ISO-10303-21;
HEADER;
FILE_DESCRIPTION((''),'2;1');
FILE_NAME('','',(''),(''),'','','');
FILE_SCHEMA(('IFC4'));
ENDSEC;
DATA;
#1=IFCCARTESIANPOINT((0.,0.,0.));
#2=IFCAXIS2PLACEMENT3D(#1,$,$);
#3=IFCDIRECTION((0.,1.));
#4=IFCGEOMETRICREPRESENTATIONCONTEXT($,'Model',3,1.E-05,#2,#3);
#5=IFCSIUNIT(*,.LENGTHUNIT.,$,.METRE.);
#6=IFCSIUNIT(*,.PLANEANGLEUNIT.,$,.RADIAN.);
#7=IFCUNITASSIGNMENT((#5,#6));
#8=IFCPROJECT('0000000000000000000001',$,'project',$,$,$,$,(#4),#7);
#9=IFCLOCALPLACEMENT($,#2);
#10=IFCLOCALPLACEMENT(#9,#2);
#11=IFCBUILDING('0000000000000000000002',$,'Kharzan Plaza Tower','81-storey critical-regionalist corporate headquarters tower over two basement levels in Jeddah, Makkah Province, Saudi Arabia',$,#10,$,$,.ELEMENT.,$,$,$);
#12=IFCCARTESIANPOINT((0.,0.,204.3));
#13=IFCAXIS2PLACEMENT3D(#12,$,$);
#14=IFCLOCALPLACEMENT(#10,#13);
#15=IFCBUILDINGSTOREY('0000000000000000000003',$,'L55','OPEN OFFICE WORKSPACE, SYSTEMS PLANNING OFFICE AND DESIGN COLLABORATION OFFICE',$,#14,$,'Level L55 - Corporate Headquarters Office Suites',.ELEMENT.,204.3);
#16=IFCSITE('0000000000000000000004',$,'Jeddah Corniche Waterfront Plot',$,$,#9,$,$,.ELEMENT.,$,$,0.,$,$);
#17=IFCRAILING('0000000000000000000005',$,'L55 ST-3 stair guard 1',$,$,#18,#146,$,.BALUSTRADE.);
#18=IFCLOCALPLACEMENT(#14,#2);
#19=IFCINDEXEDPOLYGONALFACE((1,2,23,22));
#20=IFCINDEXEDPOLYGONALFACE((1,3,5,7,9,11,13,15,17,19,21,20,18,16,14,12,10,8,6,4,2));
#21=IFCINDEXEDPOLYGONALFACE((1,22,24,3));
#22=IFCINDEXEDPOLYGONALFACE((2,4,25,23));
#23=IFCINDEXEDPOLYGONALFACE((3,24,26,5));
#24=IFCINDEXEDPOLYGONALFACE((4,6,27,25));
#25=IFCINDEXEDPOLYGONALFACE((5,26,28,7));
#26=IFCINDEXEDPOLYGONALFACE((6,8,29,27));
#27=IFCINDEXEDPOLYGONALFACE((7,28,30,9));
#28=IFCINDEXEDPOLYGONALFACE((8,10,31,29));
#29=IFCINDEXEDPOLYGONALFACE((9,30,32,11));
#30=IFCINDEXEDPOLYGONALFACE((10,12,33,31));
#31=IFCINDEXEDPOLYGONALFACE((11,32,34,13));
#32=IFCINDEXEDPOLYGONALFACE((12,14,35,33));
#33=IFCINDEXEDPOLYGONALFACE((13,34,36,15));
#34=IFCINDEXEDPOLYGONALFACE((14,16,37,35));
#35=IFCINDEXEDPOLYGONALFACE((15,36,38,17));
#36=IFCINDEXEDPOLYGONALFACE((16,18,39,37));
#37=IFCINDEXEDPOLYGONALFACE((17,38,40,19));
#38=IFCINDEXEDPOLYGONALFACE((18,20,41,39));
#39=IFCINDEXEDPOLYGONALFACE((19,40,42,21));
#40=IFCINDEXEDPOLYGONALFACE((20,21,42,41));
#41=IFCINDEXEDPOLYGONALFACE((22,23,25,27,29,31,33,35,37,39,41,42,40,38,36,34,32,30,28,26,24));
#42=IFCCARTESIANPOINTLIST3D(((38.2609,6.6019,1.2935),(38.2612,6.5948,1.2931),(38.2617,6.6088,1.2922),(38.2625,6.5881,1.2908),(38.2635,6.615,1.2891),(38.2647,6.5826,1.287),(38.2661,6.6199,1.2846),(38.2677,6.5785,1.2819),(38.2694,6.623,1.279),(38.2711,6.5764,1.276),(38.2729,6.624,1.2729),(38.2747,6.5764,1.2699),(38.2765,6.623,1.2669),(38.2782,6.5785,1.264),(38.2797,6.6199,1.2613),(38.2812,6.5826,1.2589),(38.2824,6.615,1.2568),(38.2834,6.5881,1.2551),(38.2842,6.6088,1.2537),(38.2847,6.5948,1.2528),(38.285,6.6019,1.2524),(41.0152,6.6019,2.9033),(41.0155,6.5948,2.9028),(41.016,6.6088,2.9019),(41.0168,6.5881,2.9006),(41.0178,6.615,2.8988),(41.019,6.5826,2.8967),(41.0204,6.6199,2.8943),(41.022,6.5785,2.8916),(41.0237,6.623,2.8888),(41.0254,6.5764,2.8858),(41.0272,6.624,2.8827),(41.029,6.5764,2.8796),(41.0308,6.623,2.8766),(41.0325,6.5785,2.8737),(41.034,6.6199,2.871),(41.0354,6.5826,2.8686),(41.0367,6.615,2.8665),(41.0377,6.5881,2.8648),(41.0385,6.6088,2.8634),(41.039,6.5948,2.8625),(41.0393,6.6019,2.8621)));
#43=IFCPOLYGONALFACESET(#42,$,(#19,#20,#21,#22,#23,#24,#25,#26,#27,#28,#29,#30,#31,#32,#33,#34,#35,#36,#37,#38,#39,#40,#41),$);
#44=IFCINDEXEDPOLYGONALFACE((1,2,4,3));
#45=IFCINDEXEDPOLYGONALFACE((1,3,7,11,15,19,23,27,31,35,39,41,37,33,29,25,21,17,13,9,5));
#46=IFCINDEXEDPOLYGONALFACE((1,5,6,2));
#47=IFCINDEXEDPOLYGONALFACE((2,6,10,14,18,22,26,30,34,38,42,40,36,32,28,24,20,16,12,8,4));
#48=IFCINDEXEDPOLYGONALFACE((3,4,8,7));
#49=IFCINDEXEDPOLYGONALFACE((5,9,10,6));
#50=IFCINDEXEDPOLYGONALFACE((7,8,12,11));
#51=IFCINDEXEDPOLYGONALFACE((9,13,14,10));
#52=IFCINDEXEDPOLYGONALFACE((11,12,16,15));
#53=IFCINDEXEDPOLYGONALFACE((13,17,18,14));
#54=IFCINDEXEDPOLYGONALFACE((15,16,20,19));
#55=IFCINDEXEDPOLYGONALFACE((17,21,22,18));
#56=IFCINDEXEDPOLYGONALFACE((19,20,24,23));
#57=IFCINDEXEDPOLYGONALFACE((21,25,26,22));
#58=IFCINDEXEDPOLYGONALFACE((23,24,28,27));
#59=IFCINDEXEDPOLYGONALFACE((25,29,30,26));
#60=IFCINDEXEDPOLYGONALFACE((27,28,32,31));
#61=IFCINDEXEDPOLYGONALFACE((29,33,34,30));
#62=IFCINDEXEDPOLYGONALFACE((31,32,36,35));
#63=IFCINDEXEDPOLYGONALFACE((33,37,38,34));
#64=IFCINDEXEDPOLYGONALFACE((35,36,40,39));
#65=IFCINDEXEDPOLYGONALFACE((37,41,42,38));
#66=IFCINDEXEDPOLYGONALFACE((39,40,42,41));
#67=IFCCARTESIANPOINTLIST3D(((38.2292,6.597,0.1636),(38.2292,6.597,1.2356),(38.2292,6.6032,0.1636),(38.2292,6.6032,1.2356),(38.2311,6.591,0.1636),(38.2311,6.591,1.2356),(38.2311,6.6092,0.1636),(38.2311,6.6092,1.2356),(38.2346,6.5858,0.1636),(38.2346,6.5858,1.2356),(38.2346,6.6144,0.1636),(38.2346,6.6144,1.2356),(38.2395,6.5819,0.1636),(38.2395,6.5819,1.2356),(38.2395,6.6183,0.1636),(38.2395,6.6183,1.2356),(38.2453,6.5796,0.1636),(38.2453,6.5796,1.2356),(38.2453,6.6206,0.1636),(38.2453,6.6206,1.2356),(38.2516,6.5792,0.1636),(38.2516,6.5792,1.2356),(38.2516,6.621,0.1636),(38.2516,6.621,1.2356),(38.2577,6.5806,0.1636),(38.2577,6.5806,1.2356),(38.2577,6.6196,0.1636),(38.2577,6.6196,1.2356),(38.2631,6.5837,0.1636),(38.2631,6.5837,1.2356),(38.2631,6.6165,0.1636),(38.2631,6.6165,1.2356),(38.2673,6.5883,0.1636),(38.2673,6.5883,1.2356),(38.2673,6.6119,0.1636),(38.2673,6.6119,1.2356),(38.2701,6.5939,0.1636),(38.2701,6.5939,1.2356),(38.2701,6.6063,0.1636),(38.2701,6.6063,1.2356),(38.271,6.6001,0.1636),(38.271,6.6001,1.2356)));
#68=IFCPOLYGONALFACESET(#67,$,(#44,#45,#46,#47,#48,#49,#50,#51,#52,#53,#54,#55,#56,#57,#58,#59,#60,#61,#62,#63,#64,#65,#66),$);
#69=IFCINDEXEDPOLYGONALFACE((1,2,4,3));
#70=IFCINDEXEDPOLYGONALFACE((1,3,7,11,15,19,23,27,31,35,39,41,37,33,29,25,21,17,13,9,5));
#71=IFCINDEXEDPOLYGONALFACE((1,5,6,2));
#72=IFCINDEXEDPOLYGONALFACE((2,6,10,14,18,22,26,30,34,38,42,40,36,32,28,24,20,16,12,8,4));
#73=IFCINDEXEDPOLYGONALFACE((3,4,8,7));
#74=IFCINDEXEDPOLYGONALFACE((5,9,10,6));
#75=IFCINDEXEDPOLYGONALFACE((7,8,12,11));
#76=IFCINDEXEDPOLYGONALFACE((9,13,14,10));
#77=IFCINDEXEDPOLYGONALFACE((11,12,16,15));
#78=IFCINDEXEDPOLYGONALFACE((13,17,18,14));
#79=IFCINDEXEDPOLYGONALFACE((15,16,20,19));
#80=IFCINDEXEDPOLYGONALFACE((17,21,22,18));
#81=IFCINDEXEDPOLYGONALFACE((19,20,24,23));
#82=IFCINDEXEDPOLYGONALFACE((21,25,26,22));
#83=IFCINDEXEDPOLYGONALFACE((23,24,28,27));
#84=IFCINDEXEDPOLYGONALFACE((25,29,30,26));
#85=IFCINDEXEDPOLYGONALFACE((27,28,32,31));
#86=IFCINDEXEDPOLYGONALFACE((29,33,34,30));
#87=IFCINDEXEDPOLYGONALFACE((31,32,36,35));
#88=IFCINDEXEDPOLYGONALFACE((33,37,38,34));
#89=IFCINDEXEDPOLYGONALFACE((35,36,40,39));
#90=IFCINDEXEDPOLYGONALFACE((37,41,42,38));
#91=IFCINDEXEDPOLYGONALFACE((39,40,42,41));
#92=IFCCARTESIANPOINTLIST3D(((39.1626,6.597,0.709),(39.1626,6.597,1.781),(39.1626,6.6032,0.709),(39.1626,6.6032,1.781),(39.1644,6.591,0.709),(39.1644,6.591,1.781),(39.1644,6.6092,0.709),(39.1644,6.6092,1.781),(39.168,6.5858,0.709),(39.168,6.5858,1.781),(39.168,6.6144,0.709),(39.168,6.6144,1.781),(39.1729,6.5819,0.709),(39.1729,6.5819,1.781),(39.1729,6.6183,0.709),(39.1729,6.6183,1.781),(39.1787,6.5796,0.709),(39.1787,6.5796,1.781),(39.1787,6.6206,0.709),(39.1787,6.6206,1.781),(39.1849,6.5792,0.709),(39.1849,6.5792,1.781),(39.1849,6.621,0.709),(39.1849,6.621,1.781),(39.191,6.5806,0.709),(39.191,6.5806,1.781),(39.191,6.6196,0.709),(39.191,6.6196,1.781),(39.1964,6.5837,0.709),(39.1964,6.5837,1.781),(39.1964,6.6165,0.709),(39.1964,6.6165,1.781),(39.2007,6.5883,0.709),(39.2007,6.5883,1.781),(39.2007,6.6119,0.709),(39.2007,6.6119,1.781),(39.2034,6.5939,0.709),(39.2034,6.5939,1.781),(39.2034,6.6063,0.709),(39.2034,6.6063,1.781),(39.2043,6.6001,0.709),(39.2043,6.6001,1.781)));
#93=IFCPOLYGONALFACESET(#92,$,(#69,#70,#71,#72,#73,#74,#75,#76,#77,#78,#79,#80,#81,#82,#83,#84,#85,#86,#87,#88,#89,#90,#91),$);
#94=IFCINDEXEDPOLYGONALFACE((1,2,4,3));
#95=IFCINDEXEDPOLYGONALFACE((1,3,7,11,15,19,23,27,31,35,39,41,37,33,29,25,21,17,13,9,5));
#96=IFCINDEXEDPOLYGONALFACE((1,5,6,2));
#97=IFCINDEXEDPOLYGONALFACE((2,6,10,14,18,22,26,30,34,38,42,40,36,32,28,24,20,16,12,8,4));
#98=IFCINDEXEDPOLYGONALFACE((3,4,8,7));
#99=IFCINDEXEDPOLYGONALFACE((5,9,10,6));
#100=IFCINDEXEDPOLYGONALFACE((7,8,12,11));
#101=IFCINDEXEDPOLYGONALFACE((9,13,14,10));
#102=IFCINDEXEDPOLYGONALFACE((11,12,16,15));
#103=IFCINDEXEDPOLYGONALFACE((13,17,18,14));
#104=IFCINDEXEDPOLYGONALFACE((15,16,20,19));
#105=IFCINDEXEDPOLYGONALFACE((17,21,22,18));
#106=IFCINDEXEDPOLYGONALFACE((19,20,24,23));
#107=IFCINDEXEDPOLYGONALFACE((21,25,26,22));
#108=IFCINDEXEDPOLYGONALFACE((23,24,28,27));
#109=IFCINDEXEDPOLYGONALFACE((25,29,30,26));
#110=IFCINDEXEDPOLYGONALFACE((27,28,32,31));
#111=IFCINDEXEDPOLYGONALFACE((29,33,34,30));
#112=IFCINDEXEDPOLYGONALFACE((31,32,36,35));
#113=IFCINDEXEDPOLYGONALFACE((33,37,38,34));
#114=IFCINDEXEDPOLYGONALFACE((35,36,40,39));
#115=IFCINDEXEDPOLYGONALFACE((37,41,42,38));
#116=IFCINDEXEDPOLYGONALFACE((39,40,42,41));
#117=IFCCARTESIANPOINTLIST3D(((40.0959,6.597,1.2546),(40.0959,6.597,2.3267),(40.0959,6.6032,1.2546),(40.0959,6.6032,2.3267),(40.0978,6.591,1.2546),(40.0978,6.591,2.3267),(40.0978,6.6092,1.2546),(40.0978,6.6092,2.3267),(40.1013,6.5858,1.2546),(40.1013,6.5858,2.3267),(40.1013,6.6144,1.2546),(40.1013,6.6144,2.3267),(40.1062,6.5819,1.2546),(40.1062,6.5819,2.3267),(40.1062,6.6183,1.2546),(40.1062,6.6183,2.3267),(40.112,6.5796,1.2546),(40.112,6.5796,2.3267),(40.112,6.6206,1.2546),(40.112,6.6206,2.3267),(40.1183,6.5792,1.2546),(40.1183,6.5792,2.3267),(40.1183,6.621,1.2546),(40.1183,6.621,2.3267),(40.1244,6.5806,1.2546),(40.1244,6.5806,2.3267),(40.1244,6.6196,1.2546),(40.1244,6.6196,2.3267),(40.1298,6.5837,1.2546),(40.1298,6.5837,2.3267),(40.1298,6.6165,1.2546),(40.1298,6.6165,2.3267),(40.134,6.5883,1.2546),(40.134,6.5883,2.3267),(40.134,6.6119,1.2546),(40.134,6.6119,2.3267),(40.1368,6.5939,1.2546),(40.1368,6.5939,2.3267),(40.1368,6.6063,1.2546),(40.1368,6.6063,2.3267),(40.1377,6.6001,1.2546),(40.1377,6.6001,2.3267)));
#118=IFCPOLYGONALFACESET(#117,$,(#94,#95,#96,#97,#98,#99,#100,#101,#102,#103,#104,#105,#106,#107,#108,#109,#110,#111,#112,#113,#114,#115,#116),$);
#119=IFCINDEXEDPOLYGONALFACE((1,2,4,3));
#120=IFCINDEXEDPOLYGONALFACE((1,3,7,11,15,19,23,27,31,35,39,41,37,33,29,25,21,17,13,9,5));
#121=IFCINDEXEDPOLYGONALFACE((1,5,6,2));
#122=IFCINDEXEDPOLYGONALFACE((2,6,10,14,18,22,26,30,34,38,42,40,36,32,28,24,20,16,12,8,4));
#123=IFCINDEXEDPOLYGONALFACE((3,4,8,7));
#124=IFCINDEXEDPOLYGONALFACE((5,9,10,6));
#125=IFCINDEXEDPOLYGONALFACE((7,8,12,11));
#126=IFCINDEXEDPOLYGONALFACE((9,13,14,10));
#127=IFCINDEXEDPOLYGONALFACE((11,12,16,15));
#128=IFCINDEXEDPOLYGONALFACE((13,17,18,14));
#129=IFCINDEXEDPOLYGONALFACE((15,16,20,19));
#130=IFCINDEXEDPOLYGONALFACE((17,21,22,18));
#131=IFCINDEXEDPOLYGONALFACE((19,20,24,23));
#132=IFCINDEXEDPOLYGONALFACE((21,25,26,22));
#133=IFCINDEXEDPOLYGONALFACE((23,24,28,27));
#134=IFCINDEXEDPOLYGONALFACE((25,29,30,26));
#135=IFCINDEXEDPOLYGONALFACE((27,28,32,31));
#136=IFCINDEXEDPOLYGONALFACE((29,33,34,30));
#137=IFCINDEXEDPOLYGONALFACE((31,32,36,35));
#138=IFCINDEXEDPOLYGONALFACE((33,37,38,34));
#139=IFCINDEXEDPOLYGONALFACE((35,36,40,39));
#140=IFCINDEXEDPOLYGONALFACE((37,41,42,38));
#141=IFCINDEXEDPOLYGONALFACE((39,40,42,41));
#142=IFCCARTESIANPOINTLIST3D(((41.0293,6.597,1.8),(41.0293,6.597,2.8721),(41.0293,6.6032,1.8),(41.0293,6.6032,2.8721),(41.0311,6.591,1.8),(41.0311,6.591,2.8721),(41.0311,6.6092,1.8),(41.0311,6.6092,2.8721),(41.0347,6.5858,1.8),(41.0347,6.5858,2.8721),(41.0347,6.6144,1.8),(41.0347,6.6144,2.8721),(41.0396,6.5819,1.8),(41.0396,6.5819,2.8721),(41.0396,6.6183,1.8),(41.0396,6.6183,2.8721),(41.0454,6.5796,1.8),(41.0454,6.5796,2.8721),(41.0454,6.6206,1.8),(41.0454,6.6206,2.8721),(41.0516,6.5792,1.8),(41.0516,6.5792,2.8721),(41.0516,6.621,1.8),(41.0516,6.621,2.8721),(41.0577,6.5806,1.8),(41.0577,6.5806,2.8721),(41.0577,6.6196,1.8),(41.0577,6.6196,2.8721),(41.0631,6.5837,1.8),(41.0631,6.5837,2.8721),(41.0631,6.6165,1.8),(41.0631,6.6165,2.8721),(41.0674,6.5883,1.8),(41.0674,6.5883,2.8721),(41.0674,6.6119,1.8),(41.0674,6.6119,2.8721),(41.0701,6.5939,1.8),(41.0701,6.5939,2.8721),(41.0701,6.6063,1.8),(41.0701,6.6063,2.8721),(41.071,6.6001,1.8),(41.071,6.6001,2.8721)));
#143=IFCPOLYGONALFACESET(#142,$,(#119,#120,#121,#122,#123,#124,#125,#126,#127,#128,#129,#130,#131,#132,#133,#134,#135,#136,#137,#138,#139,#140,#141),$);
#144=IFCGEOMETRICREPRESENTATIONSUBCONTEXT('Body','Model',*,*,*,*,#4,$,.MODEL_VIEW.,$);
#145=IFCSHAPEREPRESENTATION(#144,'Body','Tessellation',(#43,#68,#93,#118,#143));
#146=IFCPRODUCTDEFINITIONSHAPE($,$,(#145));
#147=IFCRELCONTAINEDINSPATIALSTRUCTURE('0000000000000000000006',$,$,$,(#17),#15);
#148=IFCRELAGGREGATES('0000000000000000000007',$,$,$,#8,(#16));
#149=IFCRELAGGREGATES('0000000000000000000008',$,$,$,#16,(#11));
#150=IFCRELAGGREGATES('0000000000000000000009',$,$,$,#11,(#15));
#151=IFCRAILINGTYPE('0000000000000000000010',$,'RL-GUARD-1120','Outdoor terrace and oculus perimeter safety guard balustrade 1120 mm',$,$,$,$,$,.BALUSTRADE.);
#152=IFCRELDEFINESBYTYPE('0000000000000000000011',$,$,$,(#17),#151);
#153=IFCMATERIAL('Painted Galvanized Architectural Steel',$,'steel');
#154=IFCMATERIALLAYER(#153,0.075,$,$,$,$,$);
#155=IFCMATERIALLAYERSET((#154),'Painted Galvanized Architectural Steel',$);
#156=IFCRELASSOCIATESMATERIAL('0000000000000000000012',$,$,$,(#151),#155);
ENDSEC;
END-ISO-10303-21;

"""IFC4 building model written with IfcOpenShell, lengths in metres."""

from ifc_helpers import new_model, si_unit, direction, frame, origin, origin_2d, place, context, subcontext, project, spatial, circle, extrude, source, transform, mapped, material, layer, layer_set, type_object, element, save


model = new_model("IFC4")

# Units and contexts
model_context = context("Model", 3, precision=1e-05, world=origin(), true_north=direction((0.0, 1.0)))
body_context = subcontext(model_context, "Body", "Model", "MODEL_VIEW")
ifc_project = project(units=[si_unit("LENGTHUNIT", "METRE"), si_unit("PLANEANGLEUNIT", "RADIAN")], contexts=[model_context])

# Site, building, storey
site_placement = place(None, origin())
site = spatial("IfcSite", under=ifc_project, at=site_placement, Name="Jeddah Corniche Waterfront Plot", CompositionType="ELEMENT", RefElevation=0.0)
building_placement = place(site_placement, origin())
building = spatial("IfcBuilding", under=site, at=building_placement, Name="Kharzan Plaza Tower", Description="81-storey critical-regionalist corporate headquarters tower over two basement levels in Jeddah, Makkah Province, Saudi Arabia", CompositionType="ELEMENT")
storey_placement = place(building_placement, frame((0.0, 0.0, 204.3)))
storey = spatial("IfcBuildingStorey", under=building, at=storey_placement, Name="L55", Description="OPEN OFFICE WORKSPACE, SYSTEMS PLANNING OFFICE AND DESIGN COLLABORATION OFFICE", LongName="Level L55 - Corporate Headquarters Office Suites", CompositionType="ELEMENT", Elevation=204.3)

# Railing
ifc_material_1 = material(Name="Painted Galvanized Architectural Steel", Category="steel")
ifc_layer_1 = layer(ifc_material_1, 0.075)
ifc_layer_set_1 = layer_set([ifc_layer_1], Name="Painted Galvanized Architectural Steel")
railing_type_1 = type_object("IfcRailingType", Name="RL-GUARD-1120", Description="Outdoor terrace and oculus perimeter safety guard balustrade 1120 mm", PredefinedType="BALUSTRADE", material=ifc_layer_set_1)
shared_shape_1 = source(origin(), body_context, "Body", "SweptSolid", [
    extrude(circle(Radius=0.0239, at=origin_2d()), frame((0.0229, 0.0, 1.1094), z_axis=(0.863361, 0.0, 0.504587), x_axis=(0.0, 1.0, 0.0)), (0.0, 0.0, 1.0), 3.1902),
    extrude(circle(Radius=0.021, at=origin_2d()), origin(), (0.0, 0.0, 1.0), 1.072),
    extrude(circle(Radius=0.021, at=origin_2d()), frame((0.9333, 0.0, 0.5454)), (0.0, 0.0, 1.0), 1.072),
    extrude(circle(Radius=0.021, at=origin_2d()), frame((1.8667, 0.0, 1.0911)), (0.0, 0.0, 1.0), 1.072),
    extrude(circle(Radius=0.021, at=origin_2d()), frame((2.8, 0.0, 1.6365)), (0.0, 0.0, 1.0), 1.072),
])
railing_1_placement = place(storey_placement, frame((38.25, 6.6001, 0.1636)))
element("IfcRailing", 1, at=railing_1_placement, inside=storey, type_object=railing_type_1, Name="L55 ST-3 stair guard 1", PredefinedType="BALUSTRADE", context=body_context, shape_type="MappedRepresentation", body=[
    mapped(shared_shape_1, transform((0.0, 0.0, 0.0), x_axis=(1.0, 0.0, 0.0), y_axis=(0.0, 1.0, 0.0), z_axis=(0.0, 0.0, 1.0))),
])

save(model, "model.ifc")
